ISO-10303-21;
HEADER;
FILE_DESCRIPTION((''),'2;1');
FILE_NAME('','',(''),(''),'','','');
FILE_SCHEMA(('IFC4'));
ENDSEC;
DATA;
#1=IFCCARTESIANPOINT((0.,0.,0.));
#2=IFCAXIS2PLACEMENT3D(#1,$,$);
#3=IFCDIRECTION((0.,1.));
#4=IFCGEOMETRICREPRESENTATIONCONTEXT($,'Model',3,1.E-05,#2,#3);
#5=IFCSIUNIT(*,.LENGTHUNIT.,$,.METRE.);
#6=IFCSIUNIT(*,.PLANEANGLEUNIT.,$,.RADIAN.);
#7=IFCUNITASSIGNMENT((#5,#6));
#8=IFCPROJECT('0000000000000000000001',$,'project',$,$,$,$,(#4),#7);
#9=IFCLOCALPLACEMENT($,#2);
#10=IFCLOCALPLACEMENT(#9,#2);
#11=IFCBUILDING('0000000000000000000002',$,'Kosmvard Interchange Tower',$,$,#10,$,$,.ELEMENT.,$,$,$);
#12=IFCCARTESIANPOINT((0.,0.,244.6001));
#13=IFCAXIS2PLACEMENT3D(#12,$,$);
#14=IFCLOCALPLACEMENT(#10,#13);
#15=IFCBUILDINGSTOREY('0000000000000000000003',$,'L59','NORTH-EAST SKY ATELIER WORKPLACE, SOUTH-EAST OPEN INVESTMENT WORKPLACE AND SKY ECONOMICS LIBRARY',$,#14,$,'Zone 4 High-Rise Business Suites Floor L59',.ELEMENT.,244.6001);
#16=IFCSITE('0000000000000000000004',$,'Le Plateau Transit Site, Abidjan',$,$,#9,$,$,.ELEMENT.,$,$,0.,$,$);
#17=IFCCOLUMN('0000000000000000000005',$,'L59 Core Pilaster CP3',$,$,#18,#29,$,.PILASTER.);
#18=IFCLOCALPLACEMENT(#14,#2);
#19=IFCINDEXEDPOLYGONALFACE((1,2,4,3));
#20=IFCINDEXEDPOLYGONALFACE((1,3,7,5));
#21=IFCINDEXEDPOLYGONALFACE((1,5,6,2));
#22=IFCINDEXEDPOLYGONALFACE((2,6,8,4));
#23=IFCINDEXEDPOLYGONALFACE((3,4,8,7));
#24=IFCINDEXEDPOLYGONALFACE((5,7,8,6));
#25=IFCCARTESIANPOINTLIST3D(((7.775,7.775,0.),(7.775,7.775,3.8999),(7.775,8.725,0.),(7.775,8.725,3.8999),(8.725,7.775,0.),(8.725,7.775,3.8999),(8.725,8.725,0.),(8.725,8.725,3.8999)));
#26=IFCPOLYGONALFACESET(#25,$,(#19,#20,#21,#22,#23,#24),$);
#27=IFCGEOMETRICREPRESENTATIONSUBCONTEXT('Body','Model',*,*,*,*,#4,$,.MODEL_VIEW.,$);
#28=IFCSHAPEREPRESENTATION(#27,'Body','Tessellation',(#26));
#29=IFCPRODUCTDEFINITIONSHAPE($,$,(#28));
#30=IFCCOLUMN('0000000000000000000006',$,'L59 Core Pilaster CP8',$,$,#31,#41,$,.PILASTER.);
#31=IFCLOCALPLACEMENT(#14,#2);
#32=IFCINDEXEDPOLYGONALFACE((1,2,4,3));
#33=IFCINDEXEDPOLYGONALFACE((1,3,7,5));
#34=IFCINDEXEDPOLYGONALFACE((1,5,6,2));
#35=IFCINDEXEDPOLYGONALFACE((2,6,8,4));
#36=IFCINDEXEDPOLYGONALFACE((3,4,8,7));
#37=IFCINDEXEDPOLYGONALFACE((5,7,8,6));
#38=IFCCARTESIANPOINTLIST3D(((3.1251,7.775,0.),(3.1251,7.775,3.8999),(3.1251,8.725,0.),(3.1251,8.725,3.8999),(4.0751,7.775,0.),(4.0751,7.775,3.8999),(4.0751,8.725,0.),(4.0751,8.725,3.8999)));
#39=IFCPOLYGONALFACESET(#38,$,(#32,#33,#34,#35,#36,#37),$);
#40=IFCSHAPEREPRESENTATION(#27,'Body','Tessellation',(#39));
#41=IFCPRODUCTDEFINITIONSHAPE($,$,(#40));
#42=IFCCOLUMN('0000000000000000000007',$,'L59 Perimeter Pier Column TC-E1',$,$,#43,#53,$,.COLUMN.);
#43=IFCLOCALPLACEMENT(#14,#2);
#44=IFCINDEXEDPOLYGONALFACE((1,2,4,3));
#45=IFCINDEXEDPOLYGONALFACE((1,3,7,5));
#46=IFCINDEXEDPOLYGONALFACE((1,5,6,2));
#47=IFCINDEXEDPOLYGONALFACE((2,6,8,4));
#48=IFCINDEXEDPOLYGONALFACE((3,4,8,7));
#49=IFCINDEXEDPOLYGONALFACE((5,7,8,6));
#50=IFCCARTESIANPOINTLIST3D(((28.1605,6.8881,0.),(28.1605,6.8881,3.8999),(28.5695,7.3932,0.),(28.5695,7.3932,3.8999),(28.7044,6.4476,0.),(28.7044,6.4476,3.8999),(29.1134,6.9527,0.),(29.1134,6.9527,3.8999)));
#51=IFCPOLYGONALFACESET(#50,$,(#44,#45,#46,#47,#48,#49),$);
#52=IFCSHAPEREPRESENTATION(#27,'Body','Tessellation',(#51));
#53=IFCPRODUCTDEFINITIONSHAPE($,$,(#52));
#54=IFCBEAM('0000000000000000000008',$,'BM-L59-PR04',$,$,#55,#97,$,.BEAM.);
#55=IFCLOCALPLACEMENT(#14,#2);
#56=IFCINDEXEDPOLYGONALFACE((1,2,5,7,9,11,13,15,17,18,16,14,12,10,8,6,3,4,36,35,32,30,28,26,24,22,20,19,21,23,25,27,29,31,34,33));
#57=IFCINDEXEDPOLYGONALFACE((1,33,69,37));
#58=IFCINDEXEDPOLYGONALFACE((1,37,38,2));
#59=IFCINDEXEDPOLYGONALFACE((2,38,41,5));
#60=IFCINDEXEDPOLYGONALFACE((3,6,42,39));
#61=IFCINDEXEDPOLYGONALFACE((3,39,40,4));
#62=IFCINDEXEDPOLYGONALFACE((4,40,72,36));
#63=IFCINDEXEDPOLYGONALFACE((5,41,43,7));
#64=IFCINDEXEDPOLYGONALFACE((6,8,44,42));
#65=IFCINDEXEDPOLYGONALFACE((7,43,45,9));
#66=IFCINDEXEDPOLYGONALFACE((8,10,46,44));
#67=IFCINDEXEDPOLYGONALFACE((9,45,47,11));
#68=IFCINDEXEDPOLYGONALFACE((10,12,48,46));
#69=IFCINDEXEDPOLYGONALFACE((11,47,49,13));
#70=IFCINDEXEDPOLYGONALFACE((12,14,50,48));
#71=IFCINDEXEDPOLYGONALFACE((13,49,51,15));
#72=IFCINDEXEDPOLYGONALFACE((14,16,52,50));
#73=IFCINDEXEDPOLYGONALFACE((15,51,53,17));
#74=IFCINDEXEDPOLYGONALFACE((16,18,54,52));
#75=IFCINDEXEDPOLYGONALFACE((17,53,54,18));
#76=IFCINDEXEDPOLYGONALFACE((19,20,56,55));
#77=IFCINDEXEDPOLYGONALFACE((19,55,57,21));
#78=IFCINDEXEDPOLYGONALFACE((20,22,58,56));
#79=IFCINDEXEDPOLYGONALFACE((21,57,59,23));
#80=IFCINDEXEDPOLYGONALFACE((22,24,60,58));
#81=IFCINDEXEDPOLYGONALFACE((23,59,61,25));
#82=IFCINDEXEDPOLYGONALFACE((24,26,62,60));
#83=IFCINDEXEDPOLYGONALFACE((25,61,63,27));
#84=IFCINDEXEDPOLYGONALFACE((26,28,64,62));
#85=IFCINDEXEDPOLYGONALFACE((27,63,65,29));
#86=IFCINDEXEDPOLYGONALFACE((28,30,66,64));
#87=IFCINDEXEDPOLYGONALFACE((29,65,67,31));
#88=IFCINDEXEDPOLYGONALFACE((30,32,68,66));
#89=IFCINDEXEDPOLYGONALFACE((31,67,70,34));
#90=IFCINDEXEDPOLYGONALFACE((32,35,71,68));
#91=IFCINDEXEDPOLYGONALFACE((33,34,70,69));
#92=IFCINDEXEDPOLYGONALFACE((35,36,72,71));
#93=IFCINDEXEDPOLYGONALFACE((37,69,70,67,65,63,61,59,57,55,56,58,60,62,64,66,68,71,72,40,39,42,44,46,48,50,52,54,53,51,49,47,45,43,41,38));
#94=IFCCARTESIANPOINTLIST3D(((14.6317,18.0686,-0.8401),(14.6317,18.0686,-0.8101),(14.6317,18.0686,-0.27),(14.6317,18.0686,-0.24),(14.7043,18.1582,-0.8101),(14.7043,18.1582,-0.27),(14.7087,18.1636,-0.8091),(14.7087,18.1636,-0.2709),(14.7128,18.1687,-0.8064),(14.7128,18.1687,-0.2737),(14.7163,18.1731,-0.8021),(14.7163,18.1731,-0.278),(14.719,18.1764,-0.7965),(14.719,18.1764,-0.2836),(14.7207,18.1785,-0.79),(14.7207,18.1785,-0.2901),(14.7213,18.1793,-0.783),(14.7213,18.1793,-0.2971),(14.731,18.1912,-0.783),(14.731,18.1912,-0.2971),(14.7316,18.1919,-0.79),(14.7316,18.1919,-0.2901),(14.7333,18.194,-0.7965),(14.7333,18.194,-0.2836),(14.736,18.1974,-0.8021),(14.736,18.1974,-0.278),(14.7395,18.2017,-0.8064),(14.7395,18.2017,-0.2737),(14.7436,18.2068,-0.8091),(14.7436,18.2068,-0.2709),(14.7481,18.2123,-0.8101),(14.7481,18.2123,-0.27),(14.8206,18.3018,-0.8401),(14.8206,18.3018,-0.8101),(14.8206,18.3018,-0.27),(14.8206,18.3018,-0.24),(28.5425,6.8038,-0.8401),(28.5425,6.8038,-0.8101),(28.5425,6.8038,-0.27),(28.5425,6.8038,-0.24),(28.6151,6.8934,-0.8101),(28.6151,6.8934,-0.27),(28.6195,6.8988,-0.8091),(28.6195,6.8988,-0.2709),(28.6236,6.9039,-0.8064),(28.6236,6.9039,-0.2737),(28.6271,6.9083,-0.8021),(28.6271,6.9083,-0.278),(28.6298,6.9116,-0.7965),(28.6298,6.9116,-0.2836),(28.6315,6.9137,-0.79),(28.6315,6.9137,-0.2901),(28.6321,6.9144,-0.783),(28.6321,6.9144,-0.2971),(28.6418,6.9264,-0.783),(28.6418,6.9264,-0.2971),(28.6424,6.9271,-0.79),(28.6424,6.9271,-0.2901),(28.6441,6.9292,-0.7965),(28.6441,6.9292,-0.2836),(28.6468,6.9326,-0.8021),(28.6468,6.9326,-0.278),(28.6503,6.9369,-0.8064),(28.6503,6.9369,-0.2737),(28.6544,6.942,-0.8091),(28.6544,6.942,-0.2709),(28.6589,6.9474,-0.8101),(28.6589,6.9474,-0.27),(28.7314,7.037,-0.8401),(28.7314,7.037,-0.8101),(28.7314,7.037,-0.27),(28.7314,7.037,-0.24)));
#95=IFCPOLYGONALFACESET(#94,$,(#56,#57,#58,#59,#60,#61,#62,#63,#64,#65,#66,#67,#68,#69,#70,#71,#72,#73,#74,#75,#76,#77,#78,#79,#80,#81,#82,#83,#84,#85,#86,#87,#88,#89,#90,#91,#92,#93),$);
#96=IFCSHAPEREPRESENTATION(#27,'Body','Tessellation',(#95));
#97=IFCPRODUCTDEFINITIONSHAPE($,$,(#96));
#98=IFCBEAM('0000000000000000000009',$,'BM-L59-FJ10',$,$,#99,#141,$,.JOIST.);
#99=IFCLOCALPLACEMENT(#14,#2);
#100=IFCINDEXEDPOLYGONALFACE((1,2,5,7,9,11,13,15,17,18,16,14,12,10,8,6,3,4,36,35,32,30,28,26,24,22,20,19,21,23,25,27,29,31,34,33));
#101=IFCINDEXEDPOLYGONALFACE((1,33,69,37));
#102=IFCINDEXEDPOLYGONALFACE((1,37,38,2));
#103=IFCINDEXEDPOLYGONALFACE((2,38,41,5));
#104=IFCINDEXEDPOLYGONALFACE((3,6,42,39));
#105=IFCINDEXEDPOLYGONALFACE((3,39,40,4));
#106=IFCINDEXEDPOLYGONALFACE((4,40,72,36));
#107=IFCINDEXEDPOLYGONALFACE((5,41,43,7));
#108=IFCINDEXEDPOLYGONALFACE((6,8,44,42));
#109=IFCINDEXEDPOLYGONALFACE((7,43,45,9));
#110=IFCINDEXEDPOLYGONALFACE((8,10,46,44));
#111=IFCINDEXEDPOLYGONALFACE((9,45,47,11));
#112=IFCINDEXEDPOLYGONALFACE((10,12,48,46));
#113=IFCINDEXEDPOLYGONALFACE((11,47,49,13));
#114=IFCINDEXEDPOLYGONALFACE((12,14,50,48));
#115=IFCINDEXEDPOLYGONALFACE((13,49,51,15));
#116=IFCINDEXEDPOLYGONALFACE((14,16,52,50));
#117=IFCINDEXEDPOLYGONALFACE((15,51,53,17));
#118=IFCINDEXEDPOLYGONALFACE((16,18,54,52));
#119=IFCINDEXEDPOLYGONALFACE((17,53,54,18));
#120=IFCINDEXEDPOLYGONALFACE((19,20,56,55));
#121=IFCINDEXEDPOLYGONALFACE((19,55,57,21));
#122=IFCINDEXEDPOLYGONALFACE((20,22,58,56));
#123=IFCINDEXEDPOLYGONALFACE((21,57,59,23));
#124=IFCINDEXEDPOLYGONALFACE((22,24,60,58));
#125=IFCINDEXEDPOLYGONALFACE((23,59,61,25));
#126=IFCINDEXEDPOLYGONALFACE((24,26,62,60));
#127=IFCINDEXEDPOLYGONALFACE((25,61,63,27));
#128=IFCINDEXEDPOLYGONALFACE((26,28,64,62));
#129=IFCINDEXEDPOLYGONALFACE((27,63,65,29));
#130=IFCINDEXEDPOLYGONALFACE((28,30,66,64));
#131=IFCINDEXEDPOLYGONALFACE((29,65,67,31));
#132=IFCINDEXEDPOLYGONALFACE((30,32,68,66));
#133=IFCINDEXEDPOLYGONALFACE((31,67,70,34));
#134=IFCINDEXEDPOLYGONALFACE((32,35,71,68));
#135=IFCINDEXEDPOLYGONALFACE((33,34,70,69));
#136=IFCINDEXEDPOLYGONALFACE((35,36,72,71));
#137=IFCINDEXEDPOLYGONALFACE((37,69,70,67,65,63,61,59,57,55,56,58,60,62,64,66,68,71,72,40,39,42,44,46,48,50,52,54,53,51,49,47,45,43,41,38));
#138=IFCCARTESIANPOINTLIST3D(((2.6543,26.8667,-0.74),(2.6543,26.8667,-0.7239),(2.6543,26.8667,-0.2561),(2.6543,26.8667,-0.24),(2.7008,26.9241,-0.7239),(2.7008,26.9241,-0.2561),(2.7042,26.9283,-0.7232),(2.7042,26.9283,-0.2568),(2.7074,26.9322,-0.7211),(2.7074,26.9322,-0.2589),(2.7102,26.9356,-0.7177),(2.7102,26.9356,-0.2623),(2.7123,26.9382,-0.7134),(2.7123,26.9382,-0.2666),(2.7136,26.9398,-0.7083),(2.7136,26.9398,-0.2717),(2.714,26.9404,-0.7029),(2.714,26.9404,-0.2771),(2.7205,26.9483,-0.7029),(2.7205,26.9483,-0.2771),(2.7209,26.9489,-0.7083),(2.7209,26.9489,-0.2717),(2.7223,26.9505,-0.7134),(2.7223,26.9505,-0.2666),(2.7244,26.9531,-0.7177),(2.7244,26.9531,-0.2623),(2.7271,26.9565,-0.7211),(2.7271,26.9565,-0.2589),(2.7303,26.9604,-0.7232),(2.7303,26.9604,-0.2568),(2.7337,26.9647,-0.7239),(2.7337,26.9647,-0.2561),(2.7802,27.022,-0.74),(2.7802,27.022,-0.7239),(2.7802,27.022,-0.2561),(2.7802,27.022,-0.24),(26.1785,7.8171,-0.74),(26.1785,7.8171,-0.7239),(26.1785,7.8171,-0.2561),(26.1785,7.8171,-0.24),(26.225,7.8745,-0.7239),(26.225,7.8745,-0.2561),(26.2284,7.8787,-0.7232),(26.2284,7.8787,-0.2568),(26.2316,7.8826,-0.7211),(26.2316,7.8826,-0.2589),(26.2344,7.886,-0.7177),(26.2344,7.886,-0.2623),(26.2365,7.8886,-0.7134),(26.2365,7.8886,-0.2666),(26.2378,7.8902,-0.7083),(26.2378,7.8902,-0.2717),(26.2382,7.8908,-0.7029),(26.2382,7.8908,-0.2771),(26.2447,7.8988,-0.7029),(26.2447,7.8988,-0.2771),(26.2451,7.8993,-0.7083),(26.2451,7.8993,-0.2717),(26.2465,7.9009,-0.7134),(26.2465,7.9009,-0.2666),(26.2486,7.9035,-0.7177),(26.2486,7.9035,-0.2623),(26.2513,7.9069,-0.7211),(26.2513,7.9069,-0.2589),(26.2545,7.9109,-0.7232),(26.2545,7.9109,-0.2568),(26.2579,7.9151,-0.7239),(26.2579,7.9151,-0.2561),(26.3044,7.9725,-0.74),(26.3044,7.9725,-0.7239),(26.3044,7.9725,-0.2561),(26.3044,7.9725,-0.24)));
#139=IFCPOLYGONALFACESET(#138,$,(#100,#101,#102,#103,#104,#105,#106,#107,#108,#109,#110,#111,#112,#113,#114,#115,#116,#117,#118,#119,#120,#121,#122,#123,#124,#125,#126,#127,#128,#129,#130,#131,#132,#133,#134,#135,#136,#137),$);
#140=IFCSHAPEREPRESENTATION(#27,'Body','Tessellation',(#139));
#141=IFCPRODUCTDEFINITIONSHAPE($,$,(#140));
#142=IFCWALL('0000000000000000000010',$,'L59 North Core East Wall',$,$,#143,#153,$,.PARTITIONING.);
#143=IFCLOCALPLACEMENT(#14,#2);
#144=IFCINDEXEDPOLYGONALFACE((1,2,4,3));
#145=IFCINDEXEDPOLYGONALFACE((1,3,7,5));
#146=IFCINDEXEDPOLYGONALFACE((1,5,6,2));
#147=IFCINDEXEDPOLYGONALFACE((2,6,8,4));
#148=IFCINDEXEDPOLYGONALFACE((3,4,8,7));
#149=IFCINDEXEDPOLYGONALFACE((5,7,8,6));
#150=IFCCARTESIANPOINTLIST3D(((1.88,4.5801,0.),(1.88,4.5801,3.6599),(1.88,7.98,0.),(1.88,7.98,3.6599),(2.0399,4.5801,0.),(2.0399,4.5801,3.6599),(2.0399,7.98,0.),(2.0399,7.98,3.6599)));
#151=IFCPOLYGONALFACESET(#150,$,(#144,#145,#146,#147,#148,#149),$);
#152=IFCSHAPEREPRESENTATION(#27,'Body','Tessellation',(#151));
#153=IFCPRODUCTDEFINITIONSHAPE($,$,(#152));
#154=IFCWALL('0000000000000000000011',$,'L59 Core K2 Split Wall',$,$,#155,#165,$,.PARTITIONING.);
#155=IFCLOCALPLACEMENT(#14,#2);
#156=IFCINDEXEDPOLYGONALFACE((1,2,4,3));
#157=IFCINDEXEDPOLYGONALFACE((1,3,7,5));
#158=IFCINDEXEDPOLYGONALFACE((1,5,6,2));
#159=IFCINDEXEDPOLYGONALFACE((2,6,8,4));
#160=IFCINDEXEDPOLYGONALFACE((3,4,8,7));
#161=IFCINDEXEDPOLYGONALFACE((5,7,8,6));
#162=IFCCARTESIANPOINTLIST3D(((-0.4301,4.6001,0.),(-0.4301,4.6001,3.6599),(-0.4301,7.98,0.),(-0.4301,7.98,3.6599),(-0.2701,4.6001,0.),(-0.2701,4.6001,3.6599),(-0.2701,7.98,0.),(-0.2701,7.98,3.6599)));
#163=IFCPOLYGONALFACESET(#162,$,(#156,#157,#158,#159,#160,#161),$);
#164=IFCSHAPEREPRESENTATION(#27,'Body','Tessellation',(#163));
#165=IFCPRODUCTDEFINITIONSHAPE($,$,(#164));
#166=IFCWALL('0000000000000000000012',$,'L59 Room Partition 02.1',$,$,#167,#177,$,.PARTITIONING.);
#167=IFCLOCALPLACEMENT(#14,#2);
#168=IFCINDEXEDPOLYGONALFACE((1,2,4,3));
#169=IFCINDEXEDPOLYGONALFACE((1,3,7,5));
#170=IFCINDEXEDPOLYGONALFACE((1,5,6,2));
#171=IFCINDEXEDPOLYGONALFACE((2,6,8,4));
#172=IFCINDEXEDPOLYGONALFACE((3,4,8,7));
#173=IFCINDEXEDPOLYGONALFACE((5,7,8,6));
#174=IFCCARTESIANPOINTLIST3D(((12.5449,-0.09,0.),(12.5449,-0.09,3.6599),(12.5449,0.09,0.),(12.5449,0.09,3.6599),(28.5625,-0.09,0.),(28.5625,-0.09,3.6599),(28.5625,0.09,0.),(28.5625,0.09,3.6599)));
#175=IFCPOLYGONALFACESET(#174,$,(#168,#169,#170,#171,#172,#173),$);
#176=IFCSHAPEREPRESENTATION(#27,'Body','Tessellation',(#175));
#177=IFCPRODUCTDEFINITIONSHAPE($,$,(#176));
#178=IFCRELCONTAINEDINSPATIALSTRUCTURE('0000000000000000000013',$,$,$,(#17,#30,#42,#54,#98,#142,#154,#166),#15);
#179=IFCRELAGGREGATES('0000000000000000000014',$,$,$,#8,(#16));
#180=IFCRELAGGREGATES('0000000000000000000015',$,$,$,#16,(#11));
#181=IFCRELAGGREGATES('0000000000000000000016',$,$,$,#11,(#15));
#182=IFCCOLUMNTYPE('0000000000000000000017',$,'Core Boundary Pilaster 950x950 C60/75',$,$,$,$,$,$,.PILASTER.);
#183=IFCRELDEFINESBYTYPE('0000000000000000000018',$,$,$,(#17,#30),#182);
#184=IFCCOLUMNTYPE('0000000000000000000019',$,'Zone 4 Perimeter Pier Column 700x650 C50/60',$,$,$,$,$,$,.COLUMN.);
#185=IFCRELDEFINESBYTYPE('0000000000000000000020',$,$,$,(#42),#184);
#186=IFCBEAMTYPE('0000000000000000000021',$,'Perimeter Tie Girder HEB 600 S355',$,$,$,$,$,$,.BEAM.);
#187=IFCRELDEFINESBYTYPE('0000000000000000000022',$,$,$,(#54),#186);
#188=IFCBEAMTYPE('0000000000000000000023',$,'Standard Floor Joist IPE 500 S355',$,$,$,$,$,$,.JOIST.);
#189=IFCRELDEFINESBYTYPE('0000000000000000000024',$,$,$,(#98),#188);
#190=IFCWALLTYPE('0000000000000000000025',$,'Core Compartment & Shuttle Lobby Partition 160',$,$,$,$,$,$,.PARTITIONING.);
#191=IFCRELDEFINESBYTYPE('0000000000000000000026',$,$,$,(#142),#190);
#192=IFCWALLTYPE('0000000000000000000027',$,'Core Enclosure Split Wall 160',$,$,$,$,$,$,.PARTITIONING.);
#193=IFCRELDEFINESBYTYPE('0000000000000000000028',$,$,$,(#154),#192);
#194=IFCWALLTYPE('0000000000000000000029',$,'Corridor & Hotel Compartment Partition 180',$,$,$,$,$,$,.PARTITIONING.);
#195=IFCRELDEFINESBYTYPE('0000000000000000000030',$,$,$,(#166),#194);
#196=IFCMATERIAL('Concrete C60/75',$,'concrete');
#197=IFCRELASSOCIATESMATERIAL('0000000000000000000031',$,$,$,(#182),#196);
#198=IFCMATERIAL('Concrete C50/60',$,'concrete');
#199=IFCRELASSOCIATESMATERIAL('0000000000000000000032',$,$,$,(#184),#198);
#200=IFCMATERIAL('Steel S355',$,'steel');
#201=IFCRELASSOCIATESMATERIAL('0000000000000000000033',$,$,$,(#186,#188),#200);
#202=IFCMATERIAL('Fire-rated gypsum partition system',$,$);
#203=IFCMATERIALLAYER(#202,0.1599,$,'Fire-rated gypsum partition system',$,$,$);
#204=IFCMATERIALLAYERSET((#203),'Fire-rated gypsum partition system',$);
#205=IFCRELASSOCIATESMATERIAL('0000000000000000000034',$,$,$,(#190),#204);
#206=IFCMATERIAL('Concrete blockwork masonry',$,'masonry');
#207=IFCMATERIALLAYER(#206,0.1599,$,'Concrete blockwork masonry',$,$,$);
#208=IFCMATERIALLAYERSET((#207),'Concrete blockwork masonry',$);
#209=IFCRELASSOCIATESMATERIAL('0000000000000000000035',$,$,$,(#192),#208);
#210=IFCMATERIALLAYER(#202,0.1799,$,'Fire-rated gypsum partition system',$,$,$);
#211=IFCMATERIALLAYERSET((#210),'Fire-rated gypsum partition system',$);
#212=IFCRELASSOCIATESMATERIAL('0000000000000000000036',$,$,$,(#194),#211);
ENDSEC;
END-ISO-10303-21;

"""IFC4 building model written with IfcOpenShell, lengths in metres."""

from ifc_helpers import new_model, si_unit, direction, frame, frame_2d, origin, origin_2d, place, context, subcontext, project, spatial, rectangle, i_section, extrude, source, transform, mapped, material, layer, layer_set, material_profile, profile_set, type_object, element, save


model = new_model("IFC4")

# Units and contexts
model_context = context("Model", 3, precision=1e-05, world=origin(), true_north=direction((0.0, 1.0)))
body_context = subcontext(model_context, "Body", "Model", "MODEL_VIEW")
ifc_project = project(units=[si_unit("LENGTHUNIT", "METRE"), si_unit("PLANEANGLEUNIT", "RADIAN")], contexts=[model_context])

# Site, building, storey
site_placement = place(None, origin())
site = spatial("IfcSite", under=ifc_project, at=site_placement, Name="Le Plateau Transit Site, Abidjan", CompositionType="ELEMENT", RefElevation=0.0)
building_placement = place(site_placement, origin())
building = spatial("IfcBuilding", under=site, at=building_placement, Name="Kosmvard Interchange Tower", CompositionType="ELEMENT")
storey_placement = place(building_placement, frame((0.0, 0.0, 244.6001)))
storey = spatial("IfcBuildingStorey", under=building, at=storey_placement, Name="L59", Description="NORTH-EAST SKY ATELIER WORKPLACE, SOUTH-EAST OPEN INVESTMENT WORKPLACE AND SKY ECONOMICS LIBRARY", LongName="Zone 4 High-Rise Business Suites Floor L59", CompositionType="ELEMENT", Elevation=244.6001)

# Columns
ifc_material_1 = material(Name="Concrete C60/75", Category="concrete")
ifc_material_profile_1 = material_profile(ifc_material_1, rectangle(XDim=0.95, YDim=0.95, at=origin_2d()), Name="CP 950x950")
ifc_profile_set_1 = profile_set([ifc_material_profile_1], Name="Concrete C60/75")
column_type_1 = type_object("IfcColumnType", Name="Core Boundary Pilaster 950x950 C60/75", PredefinedType="PILASTER", material=ifc_profile_set_1)
shared_shape_1 = source(origin(), body_context, "Body", "SweptSolid", [
    extrude(rectangle(XDim=0.95, YDim=0.95, at=origin_2d()), origin(), (0.0, 0.0, 1.0), 3.8999),
])
for number, where, z_axis, x_axis, name in (
    (1, (8.25, 8.25, 0.0), (0.0, 0.0, 1.0), (1.0, 0.0, 0.0), "L59 Core Pilaster CP3"),
    (2, (3.6001, 8.25, 0.0), (0.0, 0.0, 1.0), (1.0, 0.0, 0.0), "L59 Core Pilaster CP8"),
):
    element("IfcColumn", number, at=place(storey_placement, frame(where, z_axis=z_axis, x_axis=x_axis)), inside=storey, type_object=column_type_1, Name=name, PredefinedType="PILASTER", context=body_context, shape_type="MappedRepresentation", body=[
        mapped(shared_shape_1, transform((0.0, 0.0, 0.0), scale=1.0)),
    ])
ifc_material_2 = material(Name="Concrete C50/60", Category="concrete")
ifc_material_profile_2 = material_profile(ifc_material_2, rectangle(XDim=0.6499, YDim=0.7, at=origin_2d()), Name="TC 700x650")
ifc_profile_set_2 = profile_set([ifc_material_profile_2], Name="Concrete C50/60")
column_type_2 = type_object("IfcColumnType", Name="Zone 4 Perimeter Pier Column 700x650 C50/60", PredefinedType="COLUMN", material=ifc_profile_set_2)
shared_shape_2 = source(origin(), body_context, "Body", "SweptSolid", [
    extrude(rectangle(XDim=0.6499, YDim=0.7, at=origin_2d()), origin(), (0.0, 0.0, 1.0), 3.8999),
])
column_placement = place(storey_placement, frame((28.637, 6.9204, 0.0), z_axis=(0.0, 0.0, 1.0), x_axis=(0.62932, 0.777146, 0.0)))
element("IfcColumn", 3, at=column_placement, inside=storey, type_object=column_type_2, Name="L59 Perimeter Pier Column TC-E1", PredefinedType="COLUMN", context=body_context, shape_type="MappedRepresentation", body=[
    mapped(shared_shape_2, transform((0.0, 0.0, 0.0), scale=1.0)),
])

# Beams
ifc_material_3 = material(Name="Steel S355", Category="steel")
ifc_material_profile_3 = material_profile(ifc_material_3, i_section(OverallWidth=0.3, OverallDepth=0.6001, WebThickness=0.0154, FlangeThickness=0.03, FilletRadius=0.0271, at=origin_2d()), Name="HEB 600")
ifc_profile_set_3 = profile_set([ifc_material_profile_3], Name="Steel S355")
beam_type_1 = type_object("IfcBeamType", Name="Perimeter Tie Girder HEB 600 S355", PredefinedType="BEAM", material=ifc_profile_set_3)
shared_shape_3 = source(origin(), body_context, "Body", "SweptSolid", [
    extrude(i_section(OverallWidth=0.3, OverallDepth=0.6001, WebThickness=0.0154, FlangeThickness=0.03, FilletRadius=0.0271, at=origin_2d()), origin(), (0.0, 0.0, 1.0), 17.8999),
])
beam_1_placement = place(storey_placement, frame((28.637, 6.9204, -0.54), z_axis=(-0.777144, 0.629323, 0.0), x_axis=(-0.629323, -0.777144, 0.0)))
element("IfcBeam", 4, at=beam_1_placement, inside=storey, type_object=beam_type_1, Name="BM-L59-PR04", PredefinedType="BEAM", context=body_context, shape_type="MappedRepresentation", body=[
    mapped(shared_shape_3, transform((0.0, 0.0, 0.0), scale=1.0)),
])
ifc_material_profile_4 = material_profile(ifc_material_3, i_section(OverallWidth=0.2, OverallDepth=0.5, WebThickness=0.0103, FlangeThickness=0.0161, FilletRadius=0.021, at=origin_2d()), Name="IPE 500")
ifc_profile_set_4 = profile_set([ifc_material_profile_4], Name="Steel S355")
beam_type_2 = type_object("IfcBeamType", Name="Standard Floor Joist IPE 500 S355", PredefinedType="JOIST", material=ifc_profile_set_4)
shared_shape_4 = source(origin(), body_context, "Body", "SweptSolid", [
    extrude(i_section(OverallWidth=0.2, OverallDepth=0.5, WebThickness=0.0103, FlangeThickness=0.0161, FilletRadius=0.021, at=origin_2d()), origin(), (0.0, 0.0, 1.0), 30.27),
])
beam_2_placement = place(storey_placement, frame((26.2415, 7.8948, -0.49), z_axis=(-0.777145, 0.629322, 0.0), x_axis=(-0.629322, -0.777145, 0.0)))
element("IfcBeam", 5, at=beam_2_placement, inside=storey, type_object=beam_type_2, Name="BM-L59-FJ10", PredefinedType="JOIST", context=body_context, shape_type="MappedRepresentation", body=[
    mapped(shared_shape_4, transform((0.0, 0.0, 0.0), scale=1.0)),
])

# Walls
ifc_material_4 = material(Name="Fire-rated gypsum partition system")
ifc_layer_1 = layer(ifc_material_4, 0.1599, Name="Fire-rated gypsum partition system")
ifc_layer_set_1 = layer_set([ifc_layer_1], Name="Fire-rated gypsum partition system")
wall_type_1 = type_object("IfcWallType", Name="Core Compartment & Shuttle Lobby Partition 160", PredefinedType="PARTITIONING", material=ifc_layer_set_1)
wall_1_placement = place(storey_placement, frame((1.96, 4.5801, 0.0), z_axis=(0.0, 0.0, 1.0), x_axis=(0.0, 1.0, 0.0)))
element("IfcWall", 6, at=wall_1_placement, inside=storey, type_object=wall_type_1, Name="L59 North Core East Wall", PredefinedType="PARTITIONING", context=body_context, shape_type="SweptSolid", body=[
    extrude(rectangle(XDim=3.3999, YDim=0.1599, at=frame_2d((1.7, 0.0))), origin(), (0.0, 0.0, 1.0), 3.6599),
])
ifc_material_5 = material(Name="Concrete blockwork masonry", Category="masonry")
ifc_layer_2 = layer(ifc_material_5, 0.1599, Name="Concrete blockwork masonry")
ifc_layer_set_2 = layer_set([ifc_layer_2], Name="Concrete blockwork masonry")
wall_type_2 = type_object("IfcWallType", Name="Core Enclosure Split Wall 160", PredefinedType="PARTITIONING", material=ifc_layer_set_2)
wall_2_placement = place(storey_placement, frame((-0.3501, 4.6001, 0.0), z_axis=(0.0, 0.0, 1.0), x_axis=(0.0, 1.0, 0.0)))
element("IfcWall", 7, at=wall_2_placement, inside=storey, type_object=wall_type_2, Name="L59 Core K2 Split Wall", PredefinedType="PARTITIONING", context=body_context, shape_type="SweptSolid", body=[
    extrude(rectangle(XDim=3.3799, YDim=0.1599, at=frame_2d((1.6899, 0.0))), origin(), (0.0, 0.0, 1.0), 3.6599),
])
ifc_layer_3 = layer(ifc_material_4, 0.1799, Name="Fire-rated gypsum partition system")
ifc_layer_set_3 = layer_set([ifc_layer_3], Name="Fire-rated gypsum partition system")
wall_type_3 = type_object("IfcWallType", Name="Corridor & Hotel Compartment Partition 180", PredefinedType="PARTITIONING", material=ifc_layer_set_3)
wall_3_placement = place(storey_placement, frame((12.5449, 0.0, 0.0), z_axis=(0.0, 0.0, 1.0), x_axis=(1.0, 0.0, 0.0)))
element("IfcWall", 8, at=wall_3_placement, inside=storey, type_object=wall_type_3, Name="L59 Room Partition 02.1", PredefinedType="PARTITIONING", context=body_context, shape_type="SweptSolid", body=[
    extrude(rectangle(XDim=16.0176, YDim=0.1799, at=frame_2d((8.0088, 0.0))), origin(), (0.0, 0.0, 1.0), 3.6599),
])

save(model, "model.ifc")
